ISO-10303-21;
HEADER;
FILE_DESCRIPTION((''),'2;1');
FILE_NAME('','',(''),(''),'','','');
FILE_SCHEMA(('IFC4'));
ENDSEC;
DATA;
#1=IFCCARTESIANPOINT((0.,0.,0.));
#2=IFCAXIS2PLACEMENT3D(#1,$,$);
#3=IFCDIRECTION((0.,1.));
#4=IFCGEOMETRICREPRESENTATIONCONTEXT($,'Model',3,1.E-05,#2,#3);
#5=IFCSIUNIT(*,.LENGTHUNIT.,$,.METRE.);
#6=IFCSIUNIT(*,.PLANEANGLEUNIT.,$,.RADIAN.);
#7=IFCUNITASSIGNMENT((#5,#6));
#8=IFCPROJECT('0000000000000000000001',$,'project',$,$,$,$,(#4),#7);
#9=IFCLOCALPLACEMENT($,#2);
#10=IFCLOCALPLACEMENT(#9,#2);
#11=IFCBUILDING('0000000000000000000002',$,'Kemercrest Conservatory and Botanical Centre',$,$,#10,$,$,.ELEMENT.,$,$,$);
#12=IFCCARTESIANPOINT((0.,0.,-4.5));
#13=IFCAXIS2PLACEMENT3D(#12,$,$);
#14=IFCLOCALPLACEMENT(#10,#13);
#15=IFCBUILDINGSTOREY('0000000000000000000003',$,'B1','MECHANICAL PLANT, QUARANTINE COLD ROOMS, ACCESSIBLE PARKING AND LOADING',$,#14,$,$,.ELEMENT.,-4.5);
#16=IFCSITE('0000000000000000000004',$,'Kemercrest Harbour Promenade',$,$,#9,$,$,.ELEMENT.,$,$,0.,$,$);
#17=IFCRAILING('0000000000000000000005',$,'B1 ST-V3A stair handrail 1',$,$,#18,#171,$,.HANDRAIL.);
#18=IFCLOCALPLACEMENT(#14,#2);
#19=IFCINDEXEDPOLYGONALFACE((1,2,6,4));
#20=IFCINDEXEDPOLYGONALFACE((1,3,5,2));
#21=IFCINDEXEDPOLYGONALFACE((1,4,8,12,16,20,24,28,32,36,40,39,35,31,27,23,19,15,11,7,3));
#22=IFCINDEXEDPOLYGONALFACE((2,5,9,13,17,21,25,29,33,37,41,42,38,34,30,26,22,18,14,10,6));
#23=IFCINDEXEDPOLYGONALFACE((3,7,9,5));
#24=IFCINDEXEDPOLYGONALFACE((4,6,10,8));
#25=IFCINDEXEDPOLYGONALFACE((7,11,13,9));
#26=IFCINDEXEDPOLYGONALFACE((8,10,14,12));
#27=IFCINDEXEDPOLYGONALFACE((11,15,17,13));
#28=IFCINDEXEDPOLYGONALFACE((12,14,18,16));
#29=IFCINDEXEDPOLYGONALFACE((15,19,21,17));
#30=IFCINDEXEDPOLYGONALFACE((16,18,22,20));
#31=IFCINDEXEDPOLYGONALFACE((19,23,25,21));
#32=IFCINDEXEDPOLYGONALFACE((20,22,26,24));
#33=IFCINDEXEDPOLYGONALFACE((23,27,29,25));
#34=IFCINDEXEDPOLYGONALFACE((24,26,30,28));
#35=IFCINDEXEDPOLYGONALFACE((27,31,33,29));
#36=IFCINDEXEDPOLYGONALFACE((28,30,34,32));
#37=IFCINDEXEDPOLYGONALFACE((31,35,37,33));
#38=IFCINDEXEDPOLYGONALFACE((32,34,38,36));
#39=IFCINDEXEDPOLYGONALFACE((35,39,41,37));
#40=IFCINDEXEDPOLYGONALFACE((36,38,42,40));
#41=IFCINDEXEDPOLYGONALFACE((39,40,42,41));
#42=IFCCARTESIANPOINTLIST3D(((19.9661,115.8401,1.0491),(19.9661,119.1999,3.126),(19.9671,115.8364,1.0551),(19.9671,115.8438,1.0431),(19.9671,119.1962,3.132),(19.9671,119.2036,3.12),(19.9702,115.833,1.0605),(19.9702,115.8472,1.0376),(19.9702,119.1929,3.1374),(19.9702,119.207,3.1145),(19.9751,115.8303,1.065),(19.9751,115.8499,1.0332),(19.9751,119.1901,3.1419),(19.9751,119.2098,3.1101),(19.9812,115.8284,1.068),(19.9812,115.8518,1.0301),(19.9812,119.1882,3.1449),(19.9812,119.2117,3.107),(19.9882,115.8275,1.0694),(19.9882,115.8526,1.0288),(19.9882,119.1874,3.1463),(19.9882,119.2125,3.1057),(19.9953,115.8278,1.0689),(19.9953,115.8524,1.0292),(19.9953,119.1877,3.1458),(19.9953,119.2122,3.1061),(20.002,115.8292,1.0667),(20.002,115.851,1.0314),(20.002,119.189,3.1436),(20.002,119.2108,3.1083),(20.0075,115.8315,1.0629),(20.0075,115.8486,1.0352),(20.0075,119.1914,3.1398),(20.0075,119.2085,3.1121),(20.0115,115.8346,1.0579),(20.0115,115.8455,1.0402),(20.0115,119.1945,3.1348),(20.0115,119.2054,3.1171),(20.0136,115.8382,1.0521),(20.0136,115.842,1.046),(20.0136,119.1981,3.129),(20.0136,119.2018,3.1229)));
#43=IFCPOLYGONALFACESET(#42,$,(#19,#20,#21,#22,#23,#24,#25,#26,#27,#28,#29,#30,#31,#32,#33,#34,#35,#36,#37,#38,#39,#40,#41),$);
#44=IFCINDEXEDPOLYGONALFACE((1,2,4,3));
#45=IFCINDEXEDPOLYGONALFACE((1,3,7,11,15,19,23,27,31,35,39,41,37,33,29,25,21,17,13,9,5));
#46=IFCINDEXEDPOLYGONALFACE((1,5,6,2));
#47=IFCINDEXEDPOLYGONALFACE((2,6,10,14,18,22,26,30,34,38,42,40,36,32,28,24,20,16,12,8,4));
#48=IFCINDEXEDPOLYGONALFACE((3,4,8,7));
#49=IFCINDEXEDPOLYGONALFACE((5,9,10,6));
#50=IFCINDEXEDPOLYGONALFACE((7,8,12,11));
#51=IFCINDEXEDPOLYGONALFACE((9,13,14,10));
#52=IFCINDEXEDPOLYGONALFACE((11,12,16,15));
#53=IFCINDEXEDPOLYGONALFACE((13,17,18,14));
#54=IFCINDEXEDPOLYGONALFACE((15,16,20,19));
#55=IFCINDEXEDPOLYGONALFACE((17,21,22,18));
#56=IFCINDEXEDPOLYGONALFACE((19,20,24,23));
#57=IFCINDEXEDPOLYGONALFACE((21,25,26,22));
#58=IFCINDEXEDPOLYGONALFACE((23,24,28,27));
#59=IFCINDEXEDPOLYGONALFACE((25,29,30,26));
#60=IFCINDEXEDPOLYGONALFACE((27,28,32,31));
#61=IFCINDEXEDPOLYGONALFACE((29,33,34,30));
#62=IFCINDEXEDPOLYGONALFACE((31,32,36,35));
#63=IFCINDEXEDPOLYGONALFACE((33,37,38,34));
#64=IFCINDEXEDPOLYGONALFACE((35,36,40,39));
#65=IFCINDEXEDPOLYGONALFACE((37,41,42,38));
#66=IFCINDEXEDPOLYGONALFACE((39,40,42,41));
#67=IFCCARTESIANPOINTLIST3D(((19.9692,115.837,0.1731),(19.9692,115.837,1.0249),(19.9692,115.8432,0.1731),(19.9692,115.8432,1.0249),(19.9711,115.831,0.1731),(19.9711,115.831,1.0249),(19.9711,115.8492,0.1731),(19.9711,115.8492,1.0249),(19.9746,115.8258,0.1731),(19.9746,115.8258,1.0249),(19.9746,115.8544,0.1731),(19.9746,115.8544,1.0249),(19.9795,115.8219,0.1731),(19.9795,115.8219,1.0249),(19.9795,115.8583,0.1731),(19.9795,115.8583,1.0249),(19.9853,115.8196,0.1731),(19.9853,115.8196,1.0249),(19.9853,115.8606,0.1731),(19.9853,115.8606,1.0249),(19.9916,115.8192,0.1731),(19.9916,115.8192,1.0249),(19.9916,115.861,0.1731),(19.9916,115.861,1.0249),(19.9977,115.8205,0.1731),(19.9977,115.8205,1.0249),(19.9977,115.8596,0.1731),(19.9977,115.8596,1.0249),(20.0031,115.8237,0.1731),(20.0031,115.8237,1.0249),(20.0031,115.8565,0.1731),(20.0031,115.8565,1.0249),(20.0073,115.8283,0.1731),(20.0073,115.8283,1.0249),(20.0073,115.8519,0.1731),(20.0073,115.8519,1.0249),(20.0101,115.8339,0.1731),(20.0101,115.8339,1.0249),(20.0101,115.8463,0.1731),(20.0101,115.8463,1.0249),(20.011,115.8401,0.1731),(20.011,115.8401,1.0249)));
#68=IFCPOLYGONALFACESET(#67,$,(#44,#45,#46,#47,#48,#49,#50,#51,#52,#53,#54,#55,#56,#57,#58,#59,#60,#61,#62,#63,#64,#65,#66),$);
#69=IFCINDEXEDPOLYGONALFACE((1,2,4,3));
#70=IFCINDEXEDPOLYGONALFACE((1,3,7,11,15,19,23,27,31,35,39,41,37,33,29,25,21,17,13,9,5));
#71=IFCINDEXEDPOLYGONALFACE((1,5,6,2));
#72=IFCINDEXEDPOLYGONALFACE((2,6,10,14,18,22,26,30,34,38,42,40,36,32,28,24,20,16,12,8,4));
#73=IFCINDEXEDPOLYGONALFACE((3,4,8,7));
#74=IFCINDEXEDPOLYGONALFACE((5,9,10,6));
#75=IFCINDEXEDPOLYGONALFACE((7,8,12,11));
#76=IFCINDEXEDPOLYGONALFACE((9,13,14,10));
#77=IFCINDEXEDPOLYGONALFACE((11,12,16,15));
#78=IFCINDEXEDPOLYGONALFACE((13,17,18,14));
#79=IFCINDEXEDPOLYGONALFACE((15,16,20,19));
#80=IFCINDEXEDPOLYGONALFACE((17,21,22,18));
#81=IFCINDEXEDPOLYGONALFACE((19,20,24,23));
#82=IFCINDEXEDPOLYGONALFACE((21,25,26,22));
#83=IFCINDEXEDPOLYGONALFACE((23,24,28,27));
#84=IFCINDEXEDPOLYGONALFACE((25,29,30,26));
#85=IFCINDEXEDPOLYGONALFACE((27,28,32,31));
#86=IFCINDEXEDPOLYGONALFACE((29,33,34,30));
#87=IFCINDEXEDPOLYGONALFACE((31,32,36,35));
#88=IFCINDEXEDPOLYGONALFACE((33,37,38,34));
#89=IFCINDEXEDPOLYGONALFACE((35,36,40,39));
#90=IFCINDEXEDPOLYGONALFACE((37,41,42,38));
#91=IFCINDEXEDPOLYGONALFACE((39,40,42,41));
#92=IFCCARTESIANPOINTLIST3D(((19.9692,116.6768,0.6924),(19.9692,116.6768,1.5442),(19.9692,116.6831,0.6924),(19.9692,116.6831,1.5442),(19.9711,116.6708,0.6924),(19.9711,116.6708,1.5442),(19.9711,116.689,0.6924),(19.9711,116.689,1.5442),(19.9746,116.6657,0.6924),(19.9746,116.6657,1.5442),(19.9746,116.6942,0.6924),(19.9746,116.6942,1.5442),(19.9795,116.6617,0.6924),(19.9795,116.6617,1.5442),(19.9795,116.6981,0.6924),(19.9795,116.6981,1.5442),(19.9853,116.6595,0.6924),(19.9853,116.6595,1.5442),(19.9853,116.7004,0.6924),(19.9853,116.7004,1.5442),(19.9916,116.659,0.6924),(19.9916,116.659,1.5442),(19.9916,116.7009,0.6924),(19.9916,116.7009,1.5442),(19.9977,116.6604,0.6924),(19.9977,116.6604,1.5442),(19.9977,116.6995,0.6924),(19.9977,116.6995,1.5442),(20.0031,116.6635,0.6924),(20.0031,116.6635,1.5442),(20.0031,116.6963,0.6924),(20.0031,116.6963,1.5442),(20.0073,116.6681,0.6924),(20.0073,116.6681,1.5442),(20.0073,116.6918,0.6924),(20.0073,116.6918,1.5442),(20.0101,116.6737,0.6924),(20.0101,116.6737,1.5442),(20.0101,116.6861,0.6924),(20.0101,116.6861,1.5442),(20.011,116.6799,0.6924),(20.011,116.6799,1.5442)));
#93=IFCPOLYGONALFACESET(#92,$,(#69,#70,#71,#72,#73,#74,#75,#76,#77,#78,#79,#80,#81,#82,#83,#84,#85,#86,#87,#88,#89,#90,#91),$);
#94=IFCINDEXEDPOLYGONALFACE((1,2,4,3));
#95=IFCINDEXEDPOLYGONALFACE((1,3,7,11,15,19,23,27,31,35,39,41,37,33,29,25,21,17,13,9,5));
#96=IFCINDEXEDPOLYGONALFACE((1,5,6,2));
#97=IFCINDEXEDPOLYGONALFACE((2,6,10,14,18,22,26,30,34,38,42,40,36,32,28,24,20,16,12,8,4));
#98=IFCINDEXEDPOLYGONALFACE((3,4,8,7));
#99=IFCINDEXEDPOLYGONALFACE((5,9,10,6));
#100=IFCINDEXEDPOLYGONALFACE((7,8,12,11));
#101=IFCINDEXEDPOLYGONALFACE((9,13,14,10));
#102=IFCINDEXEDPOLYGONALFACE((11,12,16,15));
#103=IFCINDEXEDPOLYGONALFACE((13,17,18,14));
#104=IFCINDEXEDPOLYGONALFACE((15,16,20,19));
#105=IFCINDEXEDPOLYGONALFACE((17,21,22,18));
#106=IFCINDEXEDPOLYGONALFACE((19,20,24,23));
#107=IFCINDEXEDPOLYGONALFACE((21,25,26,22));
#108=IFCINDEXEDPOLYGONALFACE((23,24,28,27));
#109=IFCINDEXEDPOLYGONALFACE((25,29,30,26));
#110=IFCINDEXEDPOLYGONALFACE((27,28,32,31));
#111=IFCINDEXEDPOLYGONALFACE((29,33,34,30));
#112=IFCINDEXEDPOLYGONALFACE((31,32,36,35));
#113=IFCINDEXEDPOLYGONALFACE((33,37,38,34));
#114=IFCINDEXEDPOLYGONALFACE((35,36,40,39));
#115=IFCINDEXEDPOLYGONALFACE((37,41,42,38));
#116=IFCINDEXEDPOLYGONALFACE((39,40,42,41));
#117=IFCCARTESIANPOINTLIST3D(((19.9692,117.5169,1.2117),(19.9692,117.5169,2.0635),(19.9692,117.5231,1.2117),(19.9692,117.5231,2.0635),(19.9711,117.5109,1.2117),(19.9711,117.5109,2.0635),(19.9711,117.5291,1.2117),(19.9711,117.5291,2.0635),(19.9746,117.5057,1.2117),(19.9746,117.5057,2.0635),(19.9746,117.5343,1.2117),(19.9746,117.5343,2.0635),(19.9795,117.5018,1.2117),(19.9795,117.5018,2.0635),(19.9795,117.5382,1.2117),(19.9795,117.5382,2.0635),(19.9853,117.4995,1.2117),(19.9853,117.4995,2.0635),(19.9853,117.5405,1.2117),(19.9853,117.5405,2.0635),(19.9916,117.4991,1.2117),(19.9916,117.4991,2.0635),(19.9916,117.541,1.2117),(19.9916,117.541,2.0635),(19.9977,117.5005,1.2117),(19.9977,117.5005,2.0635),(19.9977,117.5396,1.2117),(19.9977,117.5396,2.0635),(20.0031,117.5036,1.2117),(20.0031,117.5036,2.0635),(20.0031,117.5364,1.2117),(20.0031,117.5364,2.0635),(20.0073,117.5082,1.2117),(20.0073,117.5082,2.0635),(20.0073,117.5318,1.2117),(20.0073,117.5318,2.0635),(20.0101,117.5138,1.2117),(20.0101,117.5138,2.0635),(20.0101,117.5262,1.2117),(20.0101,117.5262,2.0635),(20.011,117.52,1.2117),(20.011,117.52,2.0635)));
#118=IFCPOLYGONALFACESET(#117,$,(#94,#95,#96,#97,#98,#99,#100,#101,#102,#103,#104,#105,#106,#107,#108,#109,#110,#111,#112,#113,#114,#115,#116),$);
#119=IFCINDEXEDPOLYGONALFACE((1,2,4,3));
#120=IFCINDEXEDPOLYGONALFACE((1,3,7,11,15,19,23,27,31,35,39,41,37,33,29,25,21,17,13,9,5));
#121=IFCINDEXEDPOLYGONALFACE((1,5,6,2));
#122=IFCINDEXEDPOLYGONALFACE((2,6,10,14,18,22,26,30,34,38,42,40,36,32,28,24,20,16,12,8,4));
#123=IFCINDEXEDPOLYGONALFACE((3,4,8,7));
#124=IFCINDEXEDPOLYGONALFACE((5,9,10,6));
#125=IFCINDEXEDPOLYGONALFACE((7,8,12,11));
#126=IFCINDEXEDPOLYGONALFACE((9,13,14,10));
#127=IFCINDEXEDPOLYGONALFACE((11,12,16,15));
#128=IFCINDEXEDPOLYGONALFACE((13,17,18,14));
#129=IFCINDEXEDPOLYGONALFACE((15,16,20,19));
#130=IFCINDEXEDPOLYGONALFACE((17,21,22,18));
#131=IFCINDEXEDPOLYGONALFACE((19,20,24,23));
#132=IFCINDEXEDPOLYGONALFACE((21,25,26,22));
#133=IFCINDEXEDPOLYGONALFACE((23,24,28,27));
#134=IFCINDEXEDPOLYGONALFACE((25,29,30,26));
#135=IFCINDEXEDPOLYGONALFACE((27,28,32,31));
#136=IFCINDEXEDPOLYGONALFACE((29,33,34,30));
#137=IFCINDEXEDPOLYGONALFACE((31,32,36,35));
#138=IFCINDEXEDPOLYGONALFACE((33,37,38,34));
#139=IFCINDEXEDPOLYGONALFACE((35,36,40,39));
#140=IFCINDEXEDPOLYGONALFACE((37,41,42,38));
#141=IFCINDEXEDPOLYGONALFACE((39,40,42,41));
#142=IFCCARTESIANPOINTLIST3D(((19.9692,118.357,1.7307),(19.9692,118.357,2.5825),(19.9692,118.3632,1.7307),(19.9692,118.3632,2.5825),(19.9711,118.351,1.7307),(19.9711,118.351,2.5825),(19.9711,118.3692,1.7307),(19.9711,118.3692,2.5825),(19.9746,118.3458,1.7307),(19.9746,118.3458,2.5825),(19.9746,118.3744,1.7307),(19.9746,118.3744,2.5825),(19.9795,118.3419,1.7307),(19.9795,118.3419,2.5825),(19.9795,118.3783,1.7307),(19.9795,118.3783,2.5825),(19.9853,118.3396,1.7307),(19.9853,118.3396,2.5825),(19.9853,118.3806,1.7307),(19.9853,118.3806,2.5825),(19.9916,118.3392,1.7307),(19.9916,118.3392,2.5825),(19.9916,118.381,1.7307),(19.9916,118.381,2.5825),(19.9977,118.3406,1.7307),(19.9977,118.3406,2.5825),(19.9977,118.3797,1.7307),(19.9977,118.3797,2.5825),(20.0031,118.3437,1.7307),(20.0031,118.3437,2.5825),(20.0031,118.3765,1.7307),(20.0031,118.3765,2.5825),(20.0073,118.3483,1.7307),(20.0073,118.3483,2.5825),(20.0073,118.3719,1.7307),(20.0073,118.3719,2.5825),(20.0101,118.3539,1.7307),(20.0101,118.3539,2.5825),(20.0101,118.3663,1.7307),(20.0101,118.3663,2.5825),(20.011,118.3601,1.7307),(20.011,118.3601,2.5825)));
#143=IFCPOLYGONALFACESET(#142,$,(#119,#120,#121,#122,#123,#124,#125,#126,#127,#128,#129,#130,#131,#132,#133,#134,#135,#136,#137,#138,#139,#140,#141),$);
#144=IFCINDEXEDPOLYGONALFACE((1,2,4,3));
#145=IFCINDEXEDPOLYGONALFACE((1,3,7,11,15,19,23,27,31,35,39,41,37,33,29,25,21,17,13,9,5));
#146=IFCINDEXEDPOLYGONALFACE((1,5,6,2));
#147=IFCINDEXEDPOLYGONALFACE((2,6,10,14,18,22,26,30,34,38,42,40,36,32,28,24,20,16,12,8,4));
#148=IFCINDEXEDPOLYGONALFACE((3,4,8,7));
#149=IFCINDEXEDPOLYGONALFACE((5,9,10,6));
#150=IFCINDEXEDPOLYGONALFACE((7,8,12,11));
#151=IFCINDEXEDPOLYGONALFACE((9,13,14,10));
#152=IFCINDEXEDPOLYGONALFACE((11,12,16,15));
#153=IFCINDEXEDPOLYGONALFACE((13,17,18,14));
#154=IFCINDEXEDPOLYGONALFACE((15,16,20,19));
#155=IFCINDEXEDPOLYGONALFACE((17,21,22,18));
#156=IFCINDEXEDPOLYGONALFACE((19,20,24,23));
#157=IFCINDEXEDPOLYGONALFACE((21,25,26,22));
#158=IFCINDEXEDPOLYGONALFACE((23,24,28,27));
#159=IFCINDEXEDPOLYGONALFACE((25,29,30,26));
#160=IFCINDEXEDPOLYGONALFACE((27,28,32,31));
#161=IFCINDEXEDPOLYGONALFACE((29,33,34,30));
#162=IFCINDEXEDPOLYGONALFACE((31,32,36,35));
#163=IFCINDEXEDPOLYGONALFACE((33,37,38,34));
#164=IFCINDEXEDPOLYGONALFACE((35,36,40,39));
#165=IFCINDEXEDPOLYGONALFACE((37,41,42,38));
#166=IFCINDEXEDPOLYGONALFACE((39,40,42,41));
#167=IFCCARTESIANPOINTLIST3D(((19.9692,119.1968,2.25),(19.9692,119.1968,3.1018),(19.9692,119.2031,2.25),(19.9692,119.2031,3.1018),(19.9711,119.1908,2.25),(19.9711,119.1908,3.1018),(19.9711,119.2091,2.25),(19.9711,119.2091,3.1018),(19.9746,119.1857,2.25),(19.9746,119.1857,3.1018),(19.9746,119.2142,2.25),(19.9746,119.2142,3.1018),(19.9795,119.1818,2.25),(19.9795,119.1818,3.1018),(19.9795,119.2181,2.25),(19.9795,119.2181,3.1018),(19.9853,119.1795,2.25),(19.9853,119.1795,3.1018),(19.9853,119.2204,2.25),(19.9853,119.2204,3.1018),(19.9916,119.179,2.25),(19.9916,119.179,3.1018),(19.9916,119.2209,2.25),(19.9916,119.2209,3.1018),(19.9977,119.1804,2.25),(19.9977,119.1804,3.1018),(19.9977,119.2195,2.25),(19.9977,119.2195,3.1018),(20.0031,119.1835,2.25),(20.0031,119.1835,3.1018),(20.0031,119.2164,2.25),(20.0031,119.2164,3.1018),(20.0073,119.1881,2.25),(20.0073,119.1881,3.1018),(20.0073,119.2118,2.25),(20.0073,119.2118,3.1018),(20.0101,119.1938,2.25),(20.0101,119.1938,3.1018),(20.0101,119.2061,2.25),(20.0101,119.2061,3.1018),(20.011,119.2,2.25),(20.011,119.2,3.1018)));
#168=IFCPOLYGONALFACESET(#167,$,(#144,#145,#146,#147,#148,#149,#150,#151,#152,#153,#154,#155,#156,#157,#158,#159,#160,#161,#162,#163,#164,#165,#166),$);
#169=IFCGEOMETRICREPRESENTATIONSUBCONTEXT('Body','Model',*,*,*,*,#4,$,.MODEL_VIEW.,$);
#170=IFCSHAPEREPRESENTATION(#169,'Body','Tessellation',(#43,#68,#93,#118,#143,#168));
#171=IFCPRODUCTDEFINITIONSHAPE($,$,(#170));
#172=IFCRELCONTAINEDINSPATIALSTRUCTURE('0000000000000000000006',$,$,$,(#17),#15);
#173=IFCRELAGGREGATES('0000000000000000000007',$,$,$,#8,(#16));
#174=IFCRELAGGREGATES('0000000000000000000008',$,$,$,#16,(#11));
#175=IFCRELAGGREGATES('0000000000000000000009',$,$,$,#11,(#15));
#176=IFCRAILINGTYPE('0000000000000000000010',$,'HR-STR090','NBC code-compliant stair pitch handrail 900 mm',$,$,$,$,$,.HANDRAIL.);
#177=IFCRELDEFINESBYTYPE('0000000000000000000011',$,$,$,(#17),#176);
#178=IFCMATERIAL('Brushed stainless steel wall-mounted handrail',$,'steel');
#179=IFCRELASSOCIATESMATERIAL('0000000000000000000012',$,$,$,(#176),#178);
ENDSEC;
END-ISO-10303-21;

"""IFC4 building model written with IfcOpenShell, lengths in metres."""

from ifc_helpers import new_model, si_unit, direction, frame, origin, origin_2d, place, context, subcontext, project, spatial, circle, extrude, material, type_object, element, save


model = new_model("IFC4")

# Units and contexts
model_context = context("Model", 3, precision=1e-05, world=origin(), true_north=direction((0.0, 1.0)))
body_context = subcontext(model_context, "Body", "Model", "MODEL_VIEW")
ifc_project = project(units=[si_unit("LENGTHUNIT", "METRE"), si_unit("PLANEANGLEUNIT", "RADIAN")], contexts=[model_context])

# Site, building, storey
site_placement = place(None, origin())
site = spatial("IfcSite", under=ifc_project, at=site_placement, Name="Kemercrest Harbour Promenade", CompositionType="ELEMENT", RefElevation=0.0)
building_placement = place(site_placement, origin())
building = spatial("IfcBuilding", under=site, at=building_placement, Name="Kemercrest Conservatory and Botanical Centre", CompositionType="ELEMENT")
storey_placement = place(building_placement, frame((0.0, 0.0, -4.5)))
storey = spatial("IfcBuildingStorey", under=building, at=storey_placement, Name="B1", Description="MECHANICAL PLANT, QUARANTINE COLD ROOMS, ACCESSIBLE PARKING AND LOADING", CompositionType="ELEMENT", Elevation=-4.5)

# Railing
ifc_material_1 = material(Name="Brushed stainless steel wall-mounted handrail", Category="steel")
railing_type = type_object("IfcRailingType", Name="HR-STR090", Description="NBC code-compliant stair pitch handrail 900 mm", PredefinedType="HANDRAIL", material=ifc_material_1)
railing_placement = place(storey_placement, frame((19.99, 115.8401, 0.1731)))
element("IfcRailing", 1, at=railing_placement, inside=storey, type_object=railing_type, Name="B1 ST-V3A stair handrail 1", PredefinedType="HANDRAIL", context=body_context, shape_type="SweptSolid", body=[
    extrude(circle(Radius=0.0239, at=origin_2d()), frame((0.0, 0.0, 0.876), z_axis=(0.0, 0.850606, 0.525803), x_axis=(-1.0, 0.0, 0.0)), (0.0, 0.0, 1.0), 3.95),
    extrude(circle(Radius=0.021, at=origin_2d()), origin(), (0.0, 0.0, 1.0), 0.8518),
    extrude(circle(Radius=0.021, at=origin_2d()), frame((0.0, 0.8398, 0.5193)), (0.0, 0.0, 1.0), 0.8518),
    extrude(circle(Radius=0.021, at=origin_2d()), frame((0.0, 1.6799, 1.0386)), (0.0, 0.0, 1.0), 0.8518),
    extrude(circle(Radius=0.021, at=origin_2d()), frame((0.0, 2.52, 1.5576)), (0.0, 0.0, 1.0), 0.8518),
    extrude(circle(Radius=0.021, at=origin_2d()), frame((0.0, 3.3599, 2.0769)), (0.0, 0.0, 1.0), 0.8518),
])

save(model, "model.ifc")
